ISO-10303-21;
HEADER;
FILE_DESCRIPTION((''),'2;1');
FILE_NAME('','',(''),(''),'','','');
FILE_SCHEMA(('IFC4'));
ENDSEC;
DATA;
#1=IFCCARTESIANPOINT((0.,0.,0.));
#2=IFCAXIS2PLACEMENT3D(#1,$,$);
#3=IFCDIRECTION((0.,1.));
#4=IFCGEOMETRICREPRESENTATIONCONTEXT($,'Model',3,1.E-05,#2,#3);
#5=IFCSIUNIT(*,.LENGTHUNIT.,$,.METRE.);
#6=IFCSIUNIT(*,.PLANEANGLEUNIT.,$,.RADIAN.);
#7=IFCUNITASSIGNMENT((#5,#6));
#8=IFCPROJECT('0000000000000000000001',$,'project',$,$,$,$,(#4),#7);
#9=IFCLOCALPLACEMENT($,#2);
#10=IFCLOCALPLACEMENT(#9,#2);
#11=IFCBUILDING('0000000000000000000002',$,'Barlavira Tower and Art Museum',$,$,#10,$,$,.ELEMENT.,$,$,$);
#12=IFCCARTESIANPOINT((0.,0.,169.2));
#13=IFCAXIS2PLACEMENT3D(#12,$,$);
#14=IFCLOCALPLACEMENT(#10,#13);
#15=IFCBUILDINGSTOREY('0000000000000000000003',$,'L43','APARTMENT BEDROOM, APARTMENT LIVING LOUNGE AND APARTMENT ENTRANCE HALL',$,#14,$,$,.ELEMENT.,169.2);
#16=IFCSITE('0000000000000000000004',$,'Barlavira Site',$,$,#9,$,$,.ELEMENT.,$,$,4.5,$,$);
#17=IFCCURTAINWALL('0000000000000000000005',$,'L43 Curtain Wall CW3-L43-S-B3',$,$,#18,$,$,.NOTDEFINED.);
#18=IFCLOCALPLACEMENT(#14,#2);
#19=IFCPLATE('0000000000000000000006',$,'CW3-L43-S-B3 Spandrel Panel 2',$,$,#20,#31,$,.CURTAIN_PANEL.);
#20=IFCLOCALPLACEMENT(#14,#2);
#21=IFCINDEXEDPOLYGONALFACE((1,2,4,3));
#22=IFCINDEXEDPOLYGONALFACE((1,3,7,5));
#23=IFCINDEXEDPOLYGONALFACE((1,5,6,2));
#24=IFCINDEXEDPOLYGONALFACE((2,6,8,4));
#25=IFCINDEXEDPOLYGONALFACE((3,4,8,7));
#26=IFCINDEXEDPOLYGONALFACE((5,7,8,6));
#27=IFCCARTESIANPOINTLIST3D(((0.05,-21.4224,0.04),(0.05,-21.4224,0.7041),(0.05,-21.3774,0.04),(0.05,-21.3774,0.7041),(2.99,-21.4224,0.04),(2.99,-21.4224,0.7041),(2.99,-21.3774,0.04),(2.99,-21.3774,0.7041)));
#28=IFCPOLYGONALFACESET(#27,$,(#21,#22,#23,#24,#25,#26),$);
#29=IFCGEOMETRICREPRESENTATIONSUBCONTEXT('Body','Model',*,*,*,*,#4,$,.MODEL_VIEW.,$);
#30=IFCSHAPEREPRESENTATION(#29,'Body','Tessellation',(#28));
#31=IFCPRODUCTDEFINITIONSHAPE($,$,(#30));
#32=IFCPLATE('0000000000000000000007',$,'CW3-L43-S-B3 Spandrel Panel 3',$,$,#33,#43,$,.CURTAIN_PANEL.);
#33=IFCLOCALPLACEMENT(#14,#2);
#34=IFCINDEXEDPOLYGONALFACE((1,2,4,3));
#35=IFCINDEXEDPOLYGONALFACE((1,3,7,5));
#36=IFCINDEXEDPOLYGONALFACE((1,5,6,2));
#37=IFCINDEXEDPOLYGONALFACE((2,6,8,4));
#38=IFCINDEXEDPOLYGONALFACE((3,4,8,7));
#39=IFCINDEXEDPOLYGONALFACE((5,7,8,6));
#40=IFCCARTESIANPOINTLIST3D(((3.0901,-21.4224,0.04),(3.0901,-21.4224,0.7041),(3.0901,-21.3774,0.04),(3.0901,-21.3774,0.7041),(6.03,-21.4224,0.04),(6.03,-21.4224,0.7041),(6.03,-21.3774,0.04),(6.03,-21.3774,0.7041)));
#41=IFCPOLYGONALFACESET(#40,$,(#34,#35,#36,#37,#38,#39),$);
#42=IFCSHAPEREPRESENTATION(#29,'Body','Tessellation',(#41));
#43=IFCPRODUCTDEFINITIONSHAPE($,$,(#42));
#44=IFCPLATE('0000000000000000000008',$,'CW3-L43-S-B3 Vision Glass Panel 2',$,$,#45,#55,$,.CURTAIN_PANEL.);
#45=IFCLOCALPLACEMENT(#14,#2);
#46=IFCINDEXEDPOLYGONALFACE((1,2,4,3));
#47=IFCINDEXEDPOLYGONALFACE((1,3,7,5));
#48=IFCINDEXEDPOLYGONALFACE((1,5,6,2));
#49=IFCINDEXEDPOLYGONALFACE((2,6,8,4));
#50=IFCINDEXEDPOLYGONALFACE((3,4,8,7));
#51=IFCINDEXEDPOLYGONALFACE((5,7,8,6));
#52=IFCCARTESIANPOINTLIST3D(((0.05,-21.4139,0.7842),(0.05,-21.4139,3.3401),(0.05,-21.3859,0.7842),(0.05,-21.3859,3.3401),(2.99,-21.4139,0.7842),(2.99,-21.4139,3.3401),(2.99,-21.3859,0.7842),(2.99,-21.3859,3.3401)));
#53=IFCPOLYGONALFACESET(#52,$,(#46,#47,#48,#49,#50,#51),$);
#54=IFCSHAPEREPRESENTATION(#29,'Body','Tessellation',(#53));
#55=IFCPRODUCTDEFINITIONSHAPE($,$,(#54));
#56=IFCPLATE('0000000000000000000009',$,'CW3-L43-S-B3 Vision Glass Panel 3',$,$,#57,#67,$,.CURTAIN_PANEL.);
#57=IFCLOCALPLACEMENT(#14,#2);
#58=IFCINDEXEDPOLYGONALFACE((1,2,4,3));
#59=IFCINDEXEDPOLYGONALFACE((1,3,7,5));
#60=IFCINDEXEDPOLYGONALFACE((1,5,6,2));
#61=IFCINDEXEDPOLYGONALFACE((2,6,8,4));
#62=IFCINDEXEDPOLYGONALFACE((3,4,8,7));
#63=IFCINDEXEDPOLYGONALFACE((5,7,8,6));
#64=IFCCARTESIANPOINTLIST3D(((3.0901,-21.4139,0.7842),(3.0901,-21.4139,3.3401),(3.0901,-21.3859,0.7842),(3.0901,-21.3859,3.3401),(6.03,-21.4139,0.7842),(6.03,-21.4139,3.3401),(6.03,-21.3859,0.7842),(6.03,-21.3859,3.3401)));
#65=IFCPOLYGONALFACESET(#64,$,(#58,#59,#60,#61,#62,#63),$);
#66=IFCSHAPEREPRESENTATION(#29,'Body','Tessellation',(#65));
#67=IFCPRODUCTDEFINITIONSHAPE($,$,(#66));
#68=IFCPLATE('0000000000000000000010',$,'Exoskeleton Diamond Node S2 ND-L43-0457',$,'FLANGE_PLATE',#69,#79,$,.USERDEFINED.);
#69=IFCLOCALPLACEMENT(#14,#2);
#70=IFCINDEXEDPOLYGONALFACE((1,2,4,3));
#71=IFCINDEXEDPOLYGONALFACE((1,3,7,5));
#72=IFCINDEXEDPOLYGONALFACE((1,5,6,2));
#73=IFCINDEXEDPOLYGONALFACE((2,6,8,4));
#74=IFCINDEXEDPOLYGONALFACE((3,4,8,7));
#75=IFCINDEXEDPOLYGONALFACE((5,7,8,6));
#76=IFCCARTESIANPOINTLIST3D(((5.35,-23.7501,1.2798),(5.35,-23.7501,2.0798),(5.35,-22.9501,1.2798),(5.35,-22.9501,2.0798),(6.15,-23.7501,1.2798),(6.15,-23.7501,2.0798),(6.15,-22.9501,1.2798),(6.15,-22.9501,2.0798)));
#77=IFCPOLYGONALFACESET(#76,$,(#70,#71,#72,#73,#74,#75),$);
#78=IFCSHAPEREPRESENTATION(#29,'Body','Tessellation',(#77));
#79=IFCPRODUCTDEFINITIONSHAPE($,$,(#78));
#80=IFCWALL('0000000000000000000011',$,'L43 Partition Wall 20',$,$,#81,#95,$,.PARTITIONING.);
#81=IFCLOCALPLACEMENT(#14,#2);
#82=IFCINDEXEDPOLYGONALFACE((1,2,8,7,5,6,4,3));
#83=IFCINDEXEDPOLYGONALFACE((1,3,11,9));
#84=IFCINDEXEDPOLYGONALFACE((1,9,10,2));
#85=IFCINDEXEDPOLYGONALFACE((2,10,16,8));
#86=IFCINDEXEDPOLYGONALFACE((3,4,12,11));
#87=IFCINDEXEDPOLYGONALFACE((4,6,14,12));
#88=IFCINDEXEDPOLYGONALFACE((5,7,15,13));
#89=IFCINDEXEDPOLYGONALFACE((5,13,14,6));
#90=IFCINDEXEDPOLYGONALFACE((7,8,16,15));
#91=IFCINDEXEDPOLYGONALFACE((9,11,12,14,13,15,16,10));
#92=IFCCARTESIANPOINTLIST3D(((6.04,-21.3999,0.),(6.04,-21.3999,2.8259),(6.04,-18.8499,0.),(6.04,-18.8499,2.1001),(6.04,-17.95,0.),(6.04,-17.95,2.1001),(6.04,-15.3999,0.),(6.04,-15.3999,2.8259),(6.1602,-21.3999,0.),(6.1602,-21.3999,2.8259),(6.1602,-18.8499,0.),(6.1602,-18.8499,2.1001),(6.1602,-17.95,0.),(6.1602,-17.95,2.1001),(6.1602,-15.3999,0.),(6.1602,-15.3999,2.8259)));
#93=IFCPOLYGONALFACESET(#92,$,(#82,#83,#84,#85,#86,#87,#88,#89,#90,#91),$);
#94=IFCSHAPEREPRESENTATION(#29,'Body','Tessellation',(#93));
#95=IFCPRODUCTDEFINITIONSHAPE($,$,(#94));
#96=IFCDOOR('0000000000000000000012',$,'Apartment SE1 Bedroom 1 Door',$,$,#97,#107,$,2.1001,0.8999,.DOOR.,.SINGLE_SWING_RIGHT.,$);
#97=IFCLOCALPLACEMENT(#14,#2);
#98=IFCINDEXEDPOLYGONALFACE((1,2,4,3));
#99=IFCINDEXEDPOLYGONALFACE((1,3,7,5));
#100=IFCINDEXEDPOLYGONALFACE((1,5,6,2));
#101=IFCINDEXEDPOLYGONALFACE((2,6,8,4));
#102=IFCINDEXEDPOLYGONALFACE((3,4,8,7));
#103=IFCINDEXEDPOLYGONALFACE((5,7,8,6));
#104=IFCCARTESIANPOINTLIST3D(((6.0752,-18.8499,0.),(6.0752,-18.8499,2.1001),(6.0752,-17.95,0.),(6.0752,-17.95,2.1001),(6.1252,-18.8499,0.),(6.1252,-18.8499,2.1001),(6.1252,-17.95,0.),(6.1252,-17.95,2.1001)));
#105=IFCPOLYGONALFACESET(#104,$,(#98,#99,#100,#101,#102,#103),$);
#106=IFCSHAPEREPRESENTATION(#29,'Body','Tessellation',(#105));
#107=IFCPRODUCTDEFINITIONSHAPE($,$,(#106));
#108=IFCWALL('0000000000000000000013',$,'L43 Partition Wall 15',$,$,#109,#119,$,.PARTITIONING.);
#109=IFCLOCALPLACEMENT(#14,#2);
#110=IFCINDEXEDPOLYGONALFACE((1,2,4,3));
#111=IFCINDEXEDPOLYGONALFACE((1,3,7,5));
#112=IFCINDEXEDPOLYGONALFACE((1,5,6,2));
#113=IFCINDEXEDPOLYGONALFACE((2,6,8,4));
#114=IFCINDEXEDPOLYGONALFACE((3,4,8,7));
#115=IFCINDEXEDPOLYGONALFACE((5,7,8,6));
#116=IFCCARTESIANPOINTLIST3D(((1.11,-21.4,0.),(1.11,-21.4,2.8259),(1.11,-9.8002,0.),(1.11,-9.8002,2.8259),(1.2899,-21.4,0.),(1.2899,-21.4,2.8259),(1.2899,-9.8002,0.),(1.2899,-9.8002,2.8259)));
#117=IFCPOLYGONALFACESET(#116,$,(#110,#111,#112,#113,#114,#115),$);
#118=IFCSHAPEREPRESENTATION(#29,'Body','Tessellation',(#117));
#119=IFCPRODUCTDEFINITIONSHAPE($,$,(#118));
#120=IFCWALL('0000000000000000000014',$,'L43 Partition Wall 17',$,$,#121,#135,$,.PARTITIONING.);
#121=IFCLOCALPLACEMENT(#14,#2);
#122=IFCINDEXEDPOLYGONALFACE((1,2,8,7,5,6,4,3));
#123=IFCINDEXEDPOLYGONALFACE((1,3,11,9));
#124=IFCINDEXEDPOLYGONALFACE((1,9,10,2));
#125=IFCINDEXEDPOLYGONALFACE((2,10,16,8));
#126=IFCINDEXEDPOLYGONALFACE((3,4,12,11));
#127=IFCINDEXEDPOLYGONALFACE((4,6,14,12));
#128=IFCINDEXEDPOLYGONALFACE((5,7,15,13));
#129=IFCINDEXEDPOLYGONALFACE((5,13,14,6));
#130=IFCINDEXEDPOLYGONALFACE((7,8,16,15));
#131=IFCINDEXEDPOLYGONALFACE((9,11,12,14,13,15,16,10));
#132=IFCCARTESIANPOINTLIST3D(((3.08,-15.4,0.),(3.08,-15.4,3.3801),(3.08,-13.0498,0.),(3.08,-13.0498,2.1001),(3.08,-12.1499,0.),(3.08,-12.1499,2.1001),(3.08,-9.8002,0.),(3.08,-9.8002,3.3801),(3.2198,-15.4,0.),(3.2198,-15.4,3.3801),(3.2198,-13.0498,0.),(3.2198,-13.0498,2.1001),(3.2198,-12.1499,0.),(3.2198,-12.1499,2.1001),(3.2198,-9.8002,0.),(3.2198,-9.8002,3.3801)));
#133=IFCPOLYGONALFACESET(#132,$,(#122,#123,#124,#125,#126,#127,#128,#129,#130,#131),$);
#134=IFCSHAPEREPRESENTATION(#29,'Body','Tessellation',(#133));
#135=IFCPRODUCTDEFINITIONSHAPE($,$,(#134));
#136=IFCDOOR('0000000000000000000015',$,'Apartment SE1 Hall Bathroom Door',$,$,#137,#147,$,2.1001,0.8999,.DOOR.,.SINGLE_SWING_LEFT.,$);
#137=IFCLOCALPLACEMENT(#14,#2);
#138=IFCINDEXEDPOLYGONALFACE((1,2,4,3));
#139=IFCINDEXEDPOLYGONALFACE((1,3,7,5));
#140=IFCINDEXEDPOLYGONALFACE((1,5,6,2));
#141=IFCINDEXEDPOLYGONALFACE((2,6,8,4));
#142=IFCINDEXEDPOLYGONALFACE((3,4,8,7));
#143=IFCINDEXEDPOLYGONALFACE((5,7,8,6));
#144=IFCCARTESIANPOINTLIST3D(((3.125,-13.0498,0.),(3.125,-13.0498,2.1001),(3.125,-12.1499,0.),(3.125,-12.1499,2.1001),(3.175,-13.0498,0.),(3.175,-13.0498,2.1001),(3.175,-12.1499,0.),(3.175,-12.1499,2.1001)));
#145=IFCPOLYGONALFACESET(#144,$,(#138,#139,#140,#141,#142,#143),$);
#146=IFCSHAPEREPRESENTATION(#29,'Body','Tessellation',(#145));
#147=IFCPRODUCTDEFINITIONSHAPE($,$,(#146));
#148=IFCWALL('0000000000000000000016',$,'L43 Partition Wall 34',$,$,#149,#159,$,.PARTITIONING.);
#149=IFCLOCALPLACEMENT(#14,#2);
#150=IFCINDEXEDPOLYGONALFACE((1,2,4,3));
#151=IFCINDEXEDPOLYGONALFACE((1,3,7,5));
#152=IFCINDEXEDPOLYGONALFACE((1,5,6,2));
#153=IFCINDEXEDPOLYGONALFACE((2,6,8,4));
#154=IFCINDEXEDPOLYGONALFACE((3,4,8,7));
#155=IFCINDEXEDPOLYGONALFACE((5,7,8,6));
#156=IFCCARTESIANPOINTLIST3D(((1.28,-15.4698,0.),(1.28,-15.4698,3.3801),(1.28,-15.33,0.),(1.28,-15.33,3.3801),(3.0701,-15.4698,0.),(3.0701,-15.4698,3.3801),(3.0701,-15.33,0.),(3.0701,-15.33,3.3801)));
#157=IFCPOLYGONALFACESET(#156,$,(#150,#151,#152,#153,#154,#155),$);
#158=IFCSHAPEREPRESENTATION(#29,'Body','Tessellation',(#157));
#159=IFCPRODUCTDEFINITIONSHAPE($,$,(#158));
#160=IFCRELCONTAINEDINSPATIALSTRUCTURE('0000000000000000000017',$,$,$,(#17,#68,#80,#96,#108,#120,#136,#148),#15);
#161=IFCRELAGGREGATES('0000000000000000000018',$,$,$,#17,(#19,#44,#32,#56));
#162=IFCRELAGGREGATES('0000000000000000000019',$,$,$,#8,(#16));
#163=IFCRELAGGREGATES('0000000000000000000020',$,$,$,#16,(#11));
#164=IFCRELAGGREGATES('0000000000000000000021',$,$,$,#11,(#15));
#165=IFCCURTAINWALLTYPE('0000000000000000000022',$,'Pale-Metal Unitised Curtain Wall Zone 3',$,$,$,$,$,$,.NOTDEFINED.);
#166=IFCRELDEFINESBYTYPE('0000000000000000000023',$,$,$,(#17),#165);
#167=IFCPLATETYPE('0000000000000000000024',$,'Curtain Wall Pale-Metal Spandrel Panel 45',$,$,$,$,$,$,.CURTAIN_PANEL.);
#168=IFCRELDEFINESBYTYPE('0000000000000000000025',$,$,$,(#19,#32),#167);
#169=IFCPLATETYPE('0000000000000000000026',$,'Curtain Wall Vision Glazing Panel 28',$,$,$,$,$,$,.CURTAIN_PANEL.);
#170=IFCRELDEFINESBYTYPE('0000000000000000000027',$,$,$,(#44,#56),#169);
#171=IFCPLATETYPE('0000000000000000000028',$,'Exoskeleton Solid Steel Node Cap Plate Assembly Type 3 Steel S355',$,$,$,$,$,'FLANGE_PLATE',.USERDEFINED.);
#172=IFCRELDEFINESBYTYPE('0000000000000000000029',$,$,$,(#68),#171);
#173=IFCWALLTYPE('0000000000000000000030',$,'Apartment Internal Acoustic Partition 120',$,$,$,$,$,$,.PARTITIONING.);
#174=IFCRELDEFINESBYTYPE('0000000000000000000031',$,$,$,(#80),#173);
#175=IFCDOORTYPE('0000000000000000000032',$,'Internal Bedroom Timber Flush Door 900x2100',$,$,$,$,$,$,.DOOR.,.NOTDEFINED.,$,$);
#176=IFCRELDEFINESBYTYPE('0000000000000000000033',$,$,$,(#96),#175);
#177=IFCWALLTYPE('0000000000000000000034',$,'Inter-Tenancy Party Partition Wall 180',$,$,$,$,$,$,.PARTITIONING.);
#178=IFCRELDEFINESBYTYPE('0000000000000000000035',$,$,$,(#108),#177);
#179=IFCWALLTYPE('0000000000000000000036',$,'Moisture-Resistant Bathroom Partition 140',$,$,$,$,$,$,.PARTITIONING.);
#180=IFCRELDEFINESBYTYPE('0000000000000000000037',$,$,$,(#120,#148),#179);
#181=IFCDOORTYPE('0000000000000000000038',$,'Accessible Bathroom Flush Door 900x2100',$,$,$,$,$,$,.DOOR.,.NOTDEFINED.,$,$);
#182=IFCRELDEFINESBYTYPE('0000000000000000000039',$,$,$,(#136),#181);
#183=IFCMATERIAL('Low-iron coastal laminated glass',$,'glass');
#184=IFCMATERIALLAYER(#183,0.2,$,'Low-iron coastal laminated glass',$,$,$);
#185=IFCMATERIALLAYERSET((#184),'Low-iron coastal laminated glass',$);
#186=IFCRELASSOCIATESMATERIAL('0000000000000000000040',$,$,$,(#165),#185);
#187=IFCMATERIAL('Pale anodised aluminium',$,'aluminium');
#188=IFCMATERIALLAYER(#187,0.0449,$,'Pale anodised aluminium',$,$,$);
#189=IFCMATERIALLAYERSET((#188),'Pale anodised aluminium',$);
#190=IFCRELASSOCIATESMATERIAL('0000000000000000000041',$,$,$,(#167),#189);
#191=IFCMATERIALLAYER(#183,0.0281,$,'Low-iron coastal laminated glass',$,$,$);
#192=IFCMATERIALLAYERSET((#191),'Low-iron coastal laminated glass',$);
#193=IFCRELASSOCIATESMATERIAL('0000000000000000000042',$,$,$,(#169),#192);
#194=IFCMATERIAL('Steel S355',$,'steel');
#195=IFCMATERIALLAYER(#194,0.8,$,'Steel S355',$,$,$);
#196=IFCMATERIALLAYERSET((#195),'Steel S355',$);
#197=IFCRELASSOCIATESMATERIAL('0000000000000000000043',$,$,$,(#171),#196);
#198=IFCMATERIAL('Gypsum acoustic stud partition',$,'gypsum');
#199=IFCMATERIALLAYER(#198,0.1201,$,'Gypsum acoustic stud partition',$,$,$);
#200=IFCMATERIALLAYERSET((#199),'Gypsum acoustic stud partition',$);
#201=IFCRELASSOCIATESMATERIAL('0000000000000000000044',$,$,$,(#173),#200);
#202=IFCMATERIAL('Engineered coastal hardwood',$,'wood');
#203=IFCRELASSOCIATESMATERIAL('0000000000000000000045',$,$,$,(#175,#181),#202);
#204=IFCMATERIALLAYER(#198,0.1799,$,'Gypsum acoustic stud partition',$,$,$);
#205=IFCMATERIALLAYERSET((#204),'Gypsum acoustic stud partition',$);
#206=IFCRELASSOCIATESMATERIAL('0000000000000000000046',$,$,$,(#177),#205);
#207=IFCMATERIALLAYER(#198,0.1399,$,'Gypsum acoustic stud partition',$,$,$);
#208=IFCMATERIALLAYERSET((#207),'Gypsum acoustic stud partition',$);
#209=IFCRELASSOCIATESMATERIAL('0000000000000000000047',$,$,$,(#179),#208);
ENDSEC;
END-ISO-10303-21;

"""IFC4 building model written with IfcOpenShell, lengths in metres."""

from ifc_helpers import new_model, si_unit, direction, frame, frame_2d, origin, origin_2d, place, context, subcontext, project, spatial, rectangle, extrude, material, layer, layer_set, type_object, element, fill, aggregate, save


model = new_model("IFC4")

# Units and contexts
model_context = context("Model", 3, precision=1e-05, world=origin(), true_north=direction((0.0, 1.0)))
body_context = subcontext(model_context, "Body", "Model", "MODEL_VIEW")
ifc_project = project(units=[si_unit("LENGTHUNIT", "METRE"), si_unit("PLANEANGLEUNIT", "RADIAN")], contexts=[model_context])

# Site, building, storey
site_placement = place(None, origin())
site = spatial("IfcSite", under=ifc_project, at=site_placement, Name="Barlavira Site", CompositionType="ELEMENT", RefElevation=4.5)
building_placement = place(site_placement, origin())
building = spatial("IfcBuilding", under=site, at=building_placement, Name="Barlavira Tower and Art Museum", CompositionType="ELEMENT")
storey_placement = place(building_placement, frame((0.0, 0.0, 169.2)))
storey = spatial("IfcBuildingStorey", under=building, at=storey_placement, Name="L43", Description="APARTMENT BEDROOM, APARTMENT LIVING LOUNGE AND APARTMENT ENTRANCE HALL", CompositionType="ELEMENT", Elevation=169.2)

# Curtain wall
ifc_material_1 = material(Name="Low-iron coastal laminated glass", Category="glass")
ifc_layer_1 = layer(ifc_material_1, 0.2, Name="Low-iron coastal laminated glass")
ifc_layer_set_1 = layer_set([ifc_layer_1], Name="Low-iron coastal laminated glass")
curtain_wall_type = type_object("IfcCurtainWallType", Name="Pale-Metal Unitised Curtain Wall Zone 3", PredefinedType="NOTDEFINED", material=ifc_layer_set_1)
curtain_wall_placement = place(storey_placement, origin())
curtain_wall = element("IfcCurtainWall", 1, at=curtain_wall_placement, inside=storey, type_object=curtain_wall_type, Name="L43 Curtain Wall CW3-L43-S-B3", PredefinedType="NOTDEFINED")
ifc_material_2 = material(Name="Pale anodised aluminium", Category="aluminium")

# Shared definitions
ifc_material_3 = material(Name="Steel S355", Category="steel")

# Plates
ifc_layer_2 = layer(ifc_material_2, 0.0449, Name="Pale anodised aluminium")
ifc_layer_set_2 = layer_set([ifc_layer_2], Name="Pale anodised aluminium")
plate_type_1 = type_object("IfcPlateType", Name="Curtain Wall Pale-Metal Spandrel Panel 45", PredefinedType="CURTAIN_PANEL", material=ifc_layer_set_2)
plate_1_placement = place(storey_placement, frame((1.52, -21.3999, 0.04), z_axis=(0.0, 0.0, 1.0), x_axis=(1.0, 0.0, 0.0)))
plate_1 = element("IfcPlate", 2, at=plate_1_placement, type_object=plate_type_1, Name="CW3-L43-S-B3 Spandrel Panel 2", PredefinedType="CURTAIN_PANEL", context=body_context, shape_type="SweptSolid", body=[
    extrude(rectangle(XDim=2.9399, YDim=0.0449, at=origin_2d()), origin(), (0.0, 0.0, 1.0), 0.6641),
])
plate_2_placement = place(storey_placement, frame((4.5601, -21.3999, 0.04), z_axis=(0.0, 0.0, 1.0), x_axis=(1.0, 0.0, 0.0)))
plate_2 = element("IfcPlate", 3, at=plate_2_placement, type_object=plate_type_1, Name="CW3-L43-S-B3 Spandrel Panel 3", PredefinedType="CURTAIN_PANEL", context=body_context, shape_type="SweptSolid", body=[
    extrude(rectangle(XDim=2.9399, YDim=0.0449, at=origin_2d()), origin(), (0.0, 0.0, 1.0), 0.6641),
])
ifc_layer_3 = layer(ifc_material_1, 0.0281, Name="Low-iron coastal laminated glass")
ifc_layer_set_3 = layer_set([ifc_layer_3], Name="Low-iron coastal laminated glass")
plate_type_2 = type_object("IfcPlateType", Name="Curtain Wall Vision Glazing Panel 28", PredefinedType="CURTAIN_PANEL", material=ifc_layer_set_3)
plate_3_placement = place(storey_placement, frame((1.52, -21.3999, 0.7842), z_axis=(0.0, 0.0, 1.0), x_axis=(1.0, 0.0, 0.0)))
plate_3 = element("IfcPlate", 4, at=plate_3_placement, type_object=plate_type_2, Name="CW3-L43-S-B3 Vision Glass Panel 2", PredefinedType="CURTAIN_PANEL", context=body_context, shape_type="SweptSolid", body=[
    extrude(rectangle(XDim=2.9399, YDim=0.0281, at=origin_2d()), origin(), (0.0, 0.0, 1.0), 2.5559),
])
plate_4_placement = place(storey_placement, frame((4.5601, -21.3999, 0.7842), z_axis=(0.0, 0.0, 1.0), x_axis=(1.0, 0.0, 0.0)))
plate_4 = element("IfcPlate", 5, at=plate_4_placement, type_object=plate_type_2, Name="CW3-L43-S-B3 Vision Glass Panel 3", PredefinedType="CURTAIN_PANEL", context=body_context, shape_type="SweptSolid", body=[
    extrude(rectangle(XDim=2.9399, YDim=0.0281, at=origin_2d()), origin(), (0.0, 0.0, 1.0), 2.5559),
])
aggregate(curtain_wall, [plate_1, plate_3, plate_2, plate_4])
ifc_layer_4 = layer(ifc_material_3, 0.8, Name="Steel S355")
ifc_layer_set_4 = layer_set([ifc_layer_4], Name="Steel S355")
plate_type_3 = type_object("IfcPlateType", Name="Exoskeleton Solid Steel Node Cap Plate Assembly Type 3 Steel S355", ElementType="FLANGE_PLATE", PredefinedType="USERDEFINED", material=ifc_layer_set_4)
plate_5_placement = place(storey_placement, frame((5.75, -23.3501, 1.2798), z_axis=(0.0, 0.0, 1.0), x_axis=(1.0, 0.0, 0.0)))
element("IfcPlate", 6, at=plate_5_placement, inside=storey, type_object=plate_type_3, Name="Exoskeleton Diamond Node S2 ND-L43-0457", ObjectType="FLANGE_PLATE", PredefinedType="USERDEFINED", context=body_context, shape_type="SweptSolid", body=[
    extrude(rectangle(XDim=0.8, YDim=0.8, at=origin_2d()), origin(), (0.0, 0.0, 1.0), 0.8),
])

# Wall, opening, door
ifc_material_4 = material(Name="Gypsum acoustic stud partition", Category="gypsum")
ifc_layer_5 = layer(ifc_material_4, 0.1201, Name="Gypsum acoustic stud partition")
ifc_layer_set_5 = layer_set([ifc_layer_5], Name="Gypsum acoustic stud partition")
wall_type_1 = type_object("IfcWallType", Name="Apartment Internal Acoustic Partition 120", PredefinedType="PARTITIONING", material=ifc_layer_set_5)
wall_1_placement = place(storey_placement, frame((6.1001, -21.3999, 0.0), z_axis=(0.0, 0.0, 1.0), x_axis=(0.0, 1.0, 0.0)))
wall_1 = element("IfcWall", 7, at=wall_1_placement, inside=storey, type_object=wall_type_1, Name="L43 Partition Wall 20", PredefinedType="PARTITIONING", context=body_context, shape_type="SweptSolid", body=[
    extrude(rectangle(XDim=6.0, YDim=0.1201, at=frame_2d((3.0, 0.0))), origin(), (0.0, 0.0, 1.0), 2.8259),
])
opening_1_placement = place(wall_1_placement, frame((2.55, 0.0, 0.0)))
opening_1 = element("IfcOpeningElement", 8, at=opening_1_placement, cuts=wall_1, PredefinedType="OPENING", context=body_context, shape_type="SweptSolid", body=[
    extrude(rectangle(XDim=0.8999, YDim=2.1001, at=frame_2d((0.45, 1.05))), frame((0.0, 0.0701, 0.0), z_axis=(0.0, -1.0, 0.0), x_axis=(1.0, 0.0, 0.0)), (0.0, 0.0, 1.0), 0.1401),
])
ifc_material_5 = material(Name="Engineered coastal hardwood", Category="wood")
door_type_1 = type_object("IfcDoorType", Name="Internal Bedroom Timber Flush Door 900x2100", OperationType="NOTDEFINED", PredefinedType="DOOR", material=ifc_material_5)
door_1_placement = place(opening_1_placement, origin())
door_1 = element("IfcDoor", 9, at=door_1_placement, inside=storey, type_object=door_type_1, Name="Apartment SE1 Bedroom 1 Door", OperationType="SINGLE_SWING_RIGHT", OverallHeight=2.1001, OverallWidth=0.8999, PredefinedType="DOOR", context=body_context, shape_type="SweptSolid", body=[
    extrude(rectangle(XDim=0.8999, YDim=2.1001, at=frame_2d((0.45, 1.05))), frame((0.0, 0.0249, 0.0), z_axis=(0.0, -1.0, 0.0), x_axis=(1.0, 0.0, 0.0)), (0.0, 0.0, 1.0), 0.05),
])
fill(opening_1, door_1)

# Wall
ifc_layer_6 = layer(ifc_material_4, 0.1799, Name="Gypsum acoustic stud partition")
ifc_layer_set_6 = layer_set([ifc_layer_6], Name="Gypsum acoustic stud partition")
wall_type_2 = type_object("IfcWallType", Name="Inter-Tenancy Party Partition Wall 180", PredefinedType="PARTITIONING", material=ifc_layer_set_6)
wall_2_placement = place(storey_placement, frame((1.2, -21.3999, 0.0), z_axis=(0.0, 0.0, 1.0), x_axis=(0.0, 1.0, 0.0)))
element("IfcWall", 10, at=wall_2_placement, inside=storey, type_object=wall_type_2, Name="L43 Partition Wall 15", PredefinedType="PARTITIONING", context=body_context, shape_type="SweptSolid", body=[
    extrude(rectangle(XDim=11.5999, YDim=0.1799, at=frame_2d((5.7998, 0.0))), origin(), (0.0, 0.0, 1.0), 2.8259),
])

# Wall, opening, door
ifc_layer_7 = layer(ifc_material_4, 0.1399, Name="Gypsum acoustic stud partition")
ifc_layer_set_7 = layer_set([ifc_layer_7], Name="Gypsum acoustic stud partition")
wall_type_3 = type_object("IfcWallType", Name="Moisture-Resistant Bathroom Partition 140", PredefinedType="PARTITIONING", material=ifc_layer_set_7)
wall_3_placement = place(storey_placement, frame((3.1499, -15.3999, 0.0), z_axis=(0.0, 0.0, 1.0), x_axis=(0.0, 1.0, 0.0)))
wall_3 = element("IfcWall", 11, at=wall_3_placement, inside=storey, type_object=wall_type_3, Name="L43 Partition Wall 17", PredefinedType="PARTITIONING", context=body_context, shape_type="SweptSolid", body=[
    extrude(rectangle(XDim=5.5999, YDim=0.1399, at=frame_2d((2.7998, 0.0))), origin(), (0.0, 0.0, 1.0), 3.3801),
])
opening_2_placement = place(wall_3_placement, frame((2.3501, 0.0, 0.0)))
opening_2 = element("IfcOpeningElement", 12, at=opening_2_placement, cuts=wall_3, PredefinedType="OPENING", context=body_context, shape_type="SweptSolid", body=[
    extrude(rectangle(XDim=0.8999, YDim=2.1001, at=frame_2d((0.45, 1.05))), frame((0.0, 0.0801, 0.0), z_axis=(0.0, -1.0, 0.0), x_axis=(1.0, 0.0, 0.0)), (0.0, 0.0, 1.0), 0.1599),
])
door_type_2 = type_object("IfcDoorType", Name="Accessible Bathroom Flush Door 900x2100", OperationType="NOTDEFINED", PredefinedType="DOOR", material=ifc_material_5)
door_2_placement = place(opening_2_placement, origin())
door_2 = element("IfcDoor", 13, at=door_2_placement, inside=storey, type_object=door_type_2, Name="Apartment SE1 Hall Bathroom Door", OperationType="SINGLE_SWING_LEFT", OverallHeight=2.1001, OverallWidth=0.8999, PredefinedType="DOOR", context=body_context, shape_type="SweptSolid", body=[
    extrude(rectangle(XDim=0.8999, YDim=2.1001, at=frame_2d((0.45, 1.05))), frame((0.0, 0.0249, 0.0), z_axis=(0.0, -1.0, 0.0), x_axis=(1.0, 0.0, 0.0)), (0.0, 0.0, 1.0), 0.05),
])
fill(opening_2, door_2)

# Wall
wall_4_placement = place(storey_placement, frame((1.28, -15.3999, 0.0), z_axis=(0.0, 0.0, 1.0), x_axis=(1.0, 0.0, 0.0)))
element("IfcWall", 14, at=wall_4_placement, inside=storey, type_object=wall_type_3, Name="L43 Partition Wall 34", PredefinedType="PARTITIONING", context=body_context, shape_type="SweptSolid", body=[
    extrude(rectangle(XDim=1.79, YDim=0.1399, at=frame_2d((0.895, 0.0))), origin(), (0.0, 0.0, 1.0), 3.3801),
])

save(model, "model.ifc")
